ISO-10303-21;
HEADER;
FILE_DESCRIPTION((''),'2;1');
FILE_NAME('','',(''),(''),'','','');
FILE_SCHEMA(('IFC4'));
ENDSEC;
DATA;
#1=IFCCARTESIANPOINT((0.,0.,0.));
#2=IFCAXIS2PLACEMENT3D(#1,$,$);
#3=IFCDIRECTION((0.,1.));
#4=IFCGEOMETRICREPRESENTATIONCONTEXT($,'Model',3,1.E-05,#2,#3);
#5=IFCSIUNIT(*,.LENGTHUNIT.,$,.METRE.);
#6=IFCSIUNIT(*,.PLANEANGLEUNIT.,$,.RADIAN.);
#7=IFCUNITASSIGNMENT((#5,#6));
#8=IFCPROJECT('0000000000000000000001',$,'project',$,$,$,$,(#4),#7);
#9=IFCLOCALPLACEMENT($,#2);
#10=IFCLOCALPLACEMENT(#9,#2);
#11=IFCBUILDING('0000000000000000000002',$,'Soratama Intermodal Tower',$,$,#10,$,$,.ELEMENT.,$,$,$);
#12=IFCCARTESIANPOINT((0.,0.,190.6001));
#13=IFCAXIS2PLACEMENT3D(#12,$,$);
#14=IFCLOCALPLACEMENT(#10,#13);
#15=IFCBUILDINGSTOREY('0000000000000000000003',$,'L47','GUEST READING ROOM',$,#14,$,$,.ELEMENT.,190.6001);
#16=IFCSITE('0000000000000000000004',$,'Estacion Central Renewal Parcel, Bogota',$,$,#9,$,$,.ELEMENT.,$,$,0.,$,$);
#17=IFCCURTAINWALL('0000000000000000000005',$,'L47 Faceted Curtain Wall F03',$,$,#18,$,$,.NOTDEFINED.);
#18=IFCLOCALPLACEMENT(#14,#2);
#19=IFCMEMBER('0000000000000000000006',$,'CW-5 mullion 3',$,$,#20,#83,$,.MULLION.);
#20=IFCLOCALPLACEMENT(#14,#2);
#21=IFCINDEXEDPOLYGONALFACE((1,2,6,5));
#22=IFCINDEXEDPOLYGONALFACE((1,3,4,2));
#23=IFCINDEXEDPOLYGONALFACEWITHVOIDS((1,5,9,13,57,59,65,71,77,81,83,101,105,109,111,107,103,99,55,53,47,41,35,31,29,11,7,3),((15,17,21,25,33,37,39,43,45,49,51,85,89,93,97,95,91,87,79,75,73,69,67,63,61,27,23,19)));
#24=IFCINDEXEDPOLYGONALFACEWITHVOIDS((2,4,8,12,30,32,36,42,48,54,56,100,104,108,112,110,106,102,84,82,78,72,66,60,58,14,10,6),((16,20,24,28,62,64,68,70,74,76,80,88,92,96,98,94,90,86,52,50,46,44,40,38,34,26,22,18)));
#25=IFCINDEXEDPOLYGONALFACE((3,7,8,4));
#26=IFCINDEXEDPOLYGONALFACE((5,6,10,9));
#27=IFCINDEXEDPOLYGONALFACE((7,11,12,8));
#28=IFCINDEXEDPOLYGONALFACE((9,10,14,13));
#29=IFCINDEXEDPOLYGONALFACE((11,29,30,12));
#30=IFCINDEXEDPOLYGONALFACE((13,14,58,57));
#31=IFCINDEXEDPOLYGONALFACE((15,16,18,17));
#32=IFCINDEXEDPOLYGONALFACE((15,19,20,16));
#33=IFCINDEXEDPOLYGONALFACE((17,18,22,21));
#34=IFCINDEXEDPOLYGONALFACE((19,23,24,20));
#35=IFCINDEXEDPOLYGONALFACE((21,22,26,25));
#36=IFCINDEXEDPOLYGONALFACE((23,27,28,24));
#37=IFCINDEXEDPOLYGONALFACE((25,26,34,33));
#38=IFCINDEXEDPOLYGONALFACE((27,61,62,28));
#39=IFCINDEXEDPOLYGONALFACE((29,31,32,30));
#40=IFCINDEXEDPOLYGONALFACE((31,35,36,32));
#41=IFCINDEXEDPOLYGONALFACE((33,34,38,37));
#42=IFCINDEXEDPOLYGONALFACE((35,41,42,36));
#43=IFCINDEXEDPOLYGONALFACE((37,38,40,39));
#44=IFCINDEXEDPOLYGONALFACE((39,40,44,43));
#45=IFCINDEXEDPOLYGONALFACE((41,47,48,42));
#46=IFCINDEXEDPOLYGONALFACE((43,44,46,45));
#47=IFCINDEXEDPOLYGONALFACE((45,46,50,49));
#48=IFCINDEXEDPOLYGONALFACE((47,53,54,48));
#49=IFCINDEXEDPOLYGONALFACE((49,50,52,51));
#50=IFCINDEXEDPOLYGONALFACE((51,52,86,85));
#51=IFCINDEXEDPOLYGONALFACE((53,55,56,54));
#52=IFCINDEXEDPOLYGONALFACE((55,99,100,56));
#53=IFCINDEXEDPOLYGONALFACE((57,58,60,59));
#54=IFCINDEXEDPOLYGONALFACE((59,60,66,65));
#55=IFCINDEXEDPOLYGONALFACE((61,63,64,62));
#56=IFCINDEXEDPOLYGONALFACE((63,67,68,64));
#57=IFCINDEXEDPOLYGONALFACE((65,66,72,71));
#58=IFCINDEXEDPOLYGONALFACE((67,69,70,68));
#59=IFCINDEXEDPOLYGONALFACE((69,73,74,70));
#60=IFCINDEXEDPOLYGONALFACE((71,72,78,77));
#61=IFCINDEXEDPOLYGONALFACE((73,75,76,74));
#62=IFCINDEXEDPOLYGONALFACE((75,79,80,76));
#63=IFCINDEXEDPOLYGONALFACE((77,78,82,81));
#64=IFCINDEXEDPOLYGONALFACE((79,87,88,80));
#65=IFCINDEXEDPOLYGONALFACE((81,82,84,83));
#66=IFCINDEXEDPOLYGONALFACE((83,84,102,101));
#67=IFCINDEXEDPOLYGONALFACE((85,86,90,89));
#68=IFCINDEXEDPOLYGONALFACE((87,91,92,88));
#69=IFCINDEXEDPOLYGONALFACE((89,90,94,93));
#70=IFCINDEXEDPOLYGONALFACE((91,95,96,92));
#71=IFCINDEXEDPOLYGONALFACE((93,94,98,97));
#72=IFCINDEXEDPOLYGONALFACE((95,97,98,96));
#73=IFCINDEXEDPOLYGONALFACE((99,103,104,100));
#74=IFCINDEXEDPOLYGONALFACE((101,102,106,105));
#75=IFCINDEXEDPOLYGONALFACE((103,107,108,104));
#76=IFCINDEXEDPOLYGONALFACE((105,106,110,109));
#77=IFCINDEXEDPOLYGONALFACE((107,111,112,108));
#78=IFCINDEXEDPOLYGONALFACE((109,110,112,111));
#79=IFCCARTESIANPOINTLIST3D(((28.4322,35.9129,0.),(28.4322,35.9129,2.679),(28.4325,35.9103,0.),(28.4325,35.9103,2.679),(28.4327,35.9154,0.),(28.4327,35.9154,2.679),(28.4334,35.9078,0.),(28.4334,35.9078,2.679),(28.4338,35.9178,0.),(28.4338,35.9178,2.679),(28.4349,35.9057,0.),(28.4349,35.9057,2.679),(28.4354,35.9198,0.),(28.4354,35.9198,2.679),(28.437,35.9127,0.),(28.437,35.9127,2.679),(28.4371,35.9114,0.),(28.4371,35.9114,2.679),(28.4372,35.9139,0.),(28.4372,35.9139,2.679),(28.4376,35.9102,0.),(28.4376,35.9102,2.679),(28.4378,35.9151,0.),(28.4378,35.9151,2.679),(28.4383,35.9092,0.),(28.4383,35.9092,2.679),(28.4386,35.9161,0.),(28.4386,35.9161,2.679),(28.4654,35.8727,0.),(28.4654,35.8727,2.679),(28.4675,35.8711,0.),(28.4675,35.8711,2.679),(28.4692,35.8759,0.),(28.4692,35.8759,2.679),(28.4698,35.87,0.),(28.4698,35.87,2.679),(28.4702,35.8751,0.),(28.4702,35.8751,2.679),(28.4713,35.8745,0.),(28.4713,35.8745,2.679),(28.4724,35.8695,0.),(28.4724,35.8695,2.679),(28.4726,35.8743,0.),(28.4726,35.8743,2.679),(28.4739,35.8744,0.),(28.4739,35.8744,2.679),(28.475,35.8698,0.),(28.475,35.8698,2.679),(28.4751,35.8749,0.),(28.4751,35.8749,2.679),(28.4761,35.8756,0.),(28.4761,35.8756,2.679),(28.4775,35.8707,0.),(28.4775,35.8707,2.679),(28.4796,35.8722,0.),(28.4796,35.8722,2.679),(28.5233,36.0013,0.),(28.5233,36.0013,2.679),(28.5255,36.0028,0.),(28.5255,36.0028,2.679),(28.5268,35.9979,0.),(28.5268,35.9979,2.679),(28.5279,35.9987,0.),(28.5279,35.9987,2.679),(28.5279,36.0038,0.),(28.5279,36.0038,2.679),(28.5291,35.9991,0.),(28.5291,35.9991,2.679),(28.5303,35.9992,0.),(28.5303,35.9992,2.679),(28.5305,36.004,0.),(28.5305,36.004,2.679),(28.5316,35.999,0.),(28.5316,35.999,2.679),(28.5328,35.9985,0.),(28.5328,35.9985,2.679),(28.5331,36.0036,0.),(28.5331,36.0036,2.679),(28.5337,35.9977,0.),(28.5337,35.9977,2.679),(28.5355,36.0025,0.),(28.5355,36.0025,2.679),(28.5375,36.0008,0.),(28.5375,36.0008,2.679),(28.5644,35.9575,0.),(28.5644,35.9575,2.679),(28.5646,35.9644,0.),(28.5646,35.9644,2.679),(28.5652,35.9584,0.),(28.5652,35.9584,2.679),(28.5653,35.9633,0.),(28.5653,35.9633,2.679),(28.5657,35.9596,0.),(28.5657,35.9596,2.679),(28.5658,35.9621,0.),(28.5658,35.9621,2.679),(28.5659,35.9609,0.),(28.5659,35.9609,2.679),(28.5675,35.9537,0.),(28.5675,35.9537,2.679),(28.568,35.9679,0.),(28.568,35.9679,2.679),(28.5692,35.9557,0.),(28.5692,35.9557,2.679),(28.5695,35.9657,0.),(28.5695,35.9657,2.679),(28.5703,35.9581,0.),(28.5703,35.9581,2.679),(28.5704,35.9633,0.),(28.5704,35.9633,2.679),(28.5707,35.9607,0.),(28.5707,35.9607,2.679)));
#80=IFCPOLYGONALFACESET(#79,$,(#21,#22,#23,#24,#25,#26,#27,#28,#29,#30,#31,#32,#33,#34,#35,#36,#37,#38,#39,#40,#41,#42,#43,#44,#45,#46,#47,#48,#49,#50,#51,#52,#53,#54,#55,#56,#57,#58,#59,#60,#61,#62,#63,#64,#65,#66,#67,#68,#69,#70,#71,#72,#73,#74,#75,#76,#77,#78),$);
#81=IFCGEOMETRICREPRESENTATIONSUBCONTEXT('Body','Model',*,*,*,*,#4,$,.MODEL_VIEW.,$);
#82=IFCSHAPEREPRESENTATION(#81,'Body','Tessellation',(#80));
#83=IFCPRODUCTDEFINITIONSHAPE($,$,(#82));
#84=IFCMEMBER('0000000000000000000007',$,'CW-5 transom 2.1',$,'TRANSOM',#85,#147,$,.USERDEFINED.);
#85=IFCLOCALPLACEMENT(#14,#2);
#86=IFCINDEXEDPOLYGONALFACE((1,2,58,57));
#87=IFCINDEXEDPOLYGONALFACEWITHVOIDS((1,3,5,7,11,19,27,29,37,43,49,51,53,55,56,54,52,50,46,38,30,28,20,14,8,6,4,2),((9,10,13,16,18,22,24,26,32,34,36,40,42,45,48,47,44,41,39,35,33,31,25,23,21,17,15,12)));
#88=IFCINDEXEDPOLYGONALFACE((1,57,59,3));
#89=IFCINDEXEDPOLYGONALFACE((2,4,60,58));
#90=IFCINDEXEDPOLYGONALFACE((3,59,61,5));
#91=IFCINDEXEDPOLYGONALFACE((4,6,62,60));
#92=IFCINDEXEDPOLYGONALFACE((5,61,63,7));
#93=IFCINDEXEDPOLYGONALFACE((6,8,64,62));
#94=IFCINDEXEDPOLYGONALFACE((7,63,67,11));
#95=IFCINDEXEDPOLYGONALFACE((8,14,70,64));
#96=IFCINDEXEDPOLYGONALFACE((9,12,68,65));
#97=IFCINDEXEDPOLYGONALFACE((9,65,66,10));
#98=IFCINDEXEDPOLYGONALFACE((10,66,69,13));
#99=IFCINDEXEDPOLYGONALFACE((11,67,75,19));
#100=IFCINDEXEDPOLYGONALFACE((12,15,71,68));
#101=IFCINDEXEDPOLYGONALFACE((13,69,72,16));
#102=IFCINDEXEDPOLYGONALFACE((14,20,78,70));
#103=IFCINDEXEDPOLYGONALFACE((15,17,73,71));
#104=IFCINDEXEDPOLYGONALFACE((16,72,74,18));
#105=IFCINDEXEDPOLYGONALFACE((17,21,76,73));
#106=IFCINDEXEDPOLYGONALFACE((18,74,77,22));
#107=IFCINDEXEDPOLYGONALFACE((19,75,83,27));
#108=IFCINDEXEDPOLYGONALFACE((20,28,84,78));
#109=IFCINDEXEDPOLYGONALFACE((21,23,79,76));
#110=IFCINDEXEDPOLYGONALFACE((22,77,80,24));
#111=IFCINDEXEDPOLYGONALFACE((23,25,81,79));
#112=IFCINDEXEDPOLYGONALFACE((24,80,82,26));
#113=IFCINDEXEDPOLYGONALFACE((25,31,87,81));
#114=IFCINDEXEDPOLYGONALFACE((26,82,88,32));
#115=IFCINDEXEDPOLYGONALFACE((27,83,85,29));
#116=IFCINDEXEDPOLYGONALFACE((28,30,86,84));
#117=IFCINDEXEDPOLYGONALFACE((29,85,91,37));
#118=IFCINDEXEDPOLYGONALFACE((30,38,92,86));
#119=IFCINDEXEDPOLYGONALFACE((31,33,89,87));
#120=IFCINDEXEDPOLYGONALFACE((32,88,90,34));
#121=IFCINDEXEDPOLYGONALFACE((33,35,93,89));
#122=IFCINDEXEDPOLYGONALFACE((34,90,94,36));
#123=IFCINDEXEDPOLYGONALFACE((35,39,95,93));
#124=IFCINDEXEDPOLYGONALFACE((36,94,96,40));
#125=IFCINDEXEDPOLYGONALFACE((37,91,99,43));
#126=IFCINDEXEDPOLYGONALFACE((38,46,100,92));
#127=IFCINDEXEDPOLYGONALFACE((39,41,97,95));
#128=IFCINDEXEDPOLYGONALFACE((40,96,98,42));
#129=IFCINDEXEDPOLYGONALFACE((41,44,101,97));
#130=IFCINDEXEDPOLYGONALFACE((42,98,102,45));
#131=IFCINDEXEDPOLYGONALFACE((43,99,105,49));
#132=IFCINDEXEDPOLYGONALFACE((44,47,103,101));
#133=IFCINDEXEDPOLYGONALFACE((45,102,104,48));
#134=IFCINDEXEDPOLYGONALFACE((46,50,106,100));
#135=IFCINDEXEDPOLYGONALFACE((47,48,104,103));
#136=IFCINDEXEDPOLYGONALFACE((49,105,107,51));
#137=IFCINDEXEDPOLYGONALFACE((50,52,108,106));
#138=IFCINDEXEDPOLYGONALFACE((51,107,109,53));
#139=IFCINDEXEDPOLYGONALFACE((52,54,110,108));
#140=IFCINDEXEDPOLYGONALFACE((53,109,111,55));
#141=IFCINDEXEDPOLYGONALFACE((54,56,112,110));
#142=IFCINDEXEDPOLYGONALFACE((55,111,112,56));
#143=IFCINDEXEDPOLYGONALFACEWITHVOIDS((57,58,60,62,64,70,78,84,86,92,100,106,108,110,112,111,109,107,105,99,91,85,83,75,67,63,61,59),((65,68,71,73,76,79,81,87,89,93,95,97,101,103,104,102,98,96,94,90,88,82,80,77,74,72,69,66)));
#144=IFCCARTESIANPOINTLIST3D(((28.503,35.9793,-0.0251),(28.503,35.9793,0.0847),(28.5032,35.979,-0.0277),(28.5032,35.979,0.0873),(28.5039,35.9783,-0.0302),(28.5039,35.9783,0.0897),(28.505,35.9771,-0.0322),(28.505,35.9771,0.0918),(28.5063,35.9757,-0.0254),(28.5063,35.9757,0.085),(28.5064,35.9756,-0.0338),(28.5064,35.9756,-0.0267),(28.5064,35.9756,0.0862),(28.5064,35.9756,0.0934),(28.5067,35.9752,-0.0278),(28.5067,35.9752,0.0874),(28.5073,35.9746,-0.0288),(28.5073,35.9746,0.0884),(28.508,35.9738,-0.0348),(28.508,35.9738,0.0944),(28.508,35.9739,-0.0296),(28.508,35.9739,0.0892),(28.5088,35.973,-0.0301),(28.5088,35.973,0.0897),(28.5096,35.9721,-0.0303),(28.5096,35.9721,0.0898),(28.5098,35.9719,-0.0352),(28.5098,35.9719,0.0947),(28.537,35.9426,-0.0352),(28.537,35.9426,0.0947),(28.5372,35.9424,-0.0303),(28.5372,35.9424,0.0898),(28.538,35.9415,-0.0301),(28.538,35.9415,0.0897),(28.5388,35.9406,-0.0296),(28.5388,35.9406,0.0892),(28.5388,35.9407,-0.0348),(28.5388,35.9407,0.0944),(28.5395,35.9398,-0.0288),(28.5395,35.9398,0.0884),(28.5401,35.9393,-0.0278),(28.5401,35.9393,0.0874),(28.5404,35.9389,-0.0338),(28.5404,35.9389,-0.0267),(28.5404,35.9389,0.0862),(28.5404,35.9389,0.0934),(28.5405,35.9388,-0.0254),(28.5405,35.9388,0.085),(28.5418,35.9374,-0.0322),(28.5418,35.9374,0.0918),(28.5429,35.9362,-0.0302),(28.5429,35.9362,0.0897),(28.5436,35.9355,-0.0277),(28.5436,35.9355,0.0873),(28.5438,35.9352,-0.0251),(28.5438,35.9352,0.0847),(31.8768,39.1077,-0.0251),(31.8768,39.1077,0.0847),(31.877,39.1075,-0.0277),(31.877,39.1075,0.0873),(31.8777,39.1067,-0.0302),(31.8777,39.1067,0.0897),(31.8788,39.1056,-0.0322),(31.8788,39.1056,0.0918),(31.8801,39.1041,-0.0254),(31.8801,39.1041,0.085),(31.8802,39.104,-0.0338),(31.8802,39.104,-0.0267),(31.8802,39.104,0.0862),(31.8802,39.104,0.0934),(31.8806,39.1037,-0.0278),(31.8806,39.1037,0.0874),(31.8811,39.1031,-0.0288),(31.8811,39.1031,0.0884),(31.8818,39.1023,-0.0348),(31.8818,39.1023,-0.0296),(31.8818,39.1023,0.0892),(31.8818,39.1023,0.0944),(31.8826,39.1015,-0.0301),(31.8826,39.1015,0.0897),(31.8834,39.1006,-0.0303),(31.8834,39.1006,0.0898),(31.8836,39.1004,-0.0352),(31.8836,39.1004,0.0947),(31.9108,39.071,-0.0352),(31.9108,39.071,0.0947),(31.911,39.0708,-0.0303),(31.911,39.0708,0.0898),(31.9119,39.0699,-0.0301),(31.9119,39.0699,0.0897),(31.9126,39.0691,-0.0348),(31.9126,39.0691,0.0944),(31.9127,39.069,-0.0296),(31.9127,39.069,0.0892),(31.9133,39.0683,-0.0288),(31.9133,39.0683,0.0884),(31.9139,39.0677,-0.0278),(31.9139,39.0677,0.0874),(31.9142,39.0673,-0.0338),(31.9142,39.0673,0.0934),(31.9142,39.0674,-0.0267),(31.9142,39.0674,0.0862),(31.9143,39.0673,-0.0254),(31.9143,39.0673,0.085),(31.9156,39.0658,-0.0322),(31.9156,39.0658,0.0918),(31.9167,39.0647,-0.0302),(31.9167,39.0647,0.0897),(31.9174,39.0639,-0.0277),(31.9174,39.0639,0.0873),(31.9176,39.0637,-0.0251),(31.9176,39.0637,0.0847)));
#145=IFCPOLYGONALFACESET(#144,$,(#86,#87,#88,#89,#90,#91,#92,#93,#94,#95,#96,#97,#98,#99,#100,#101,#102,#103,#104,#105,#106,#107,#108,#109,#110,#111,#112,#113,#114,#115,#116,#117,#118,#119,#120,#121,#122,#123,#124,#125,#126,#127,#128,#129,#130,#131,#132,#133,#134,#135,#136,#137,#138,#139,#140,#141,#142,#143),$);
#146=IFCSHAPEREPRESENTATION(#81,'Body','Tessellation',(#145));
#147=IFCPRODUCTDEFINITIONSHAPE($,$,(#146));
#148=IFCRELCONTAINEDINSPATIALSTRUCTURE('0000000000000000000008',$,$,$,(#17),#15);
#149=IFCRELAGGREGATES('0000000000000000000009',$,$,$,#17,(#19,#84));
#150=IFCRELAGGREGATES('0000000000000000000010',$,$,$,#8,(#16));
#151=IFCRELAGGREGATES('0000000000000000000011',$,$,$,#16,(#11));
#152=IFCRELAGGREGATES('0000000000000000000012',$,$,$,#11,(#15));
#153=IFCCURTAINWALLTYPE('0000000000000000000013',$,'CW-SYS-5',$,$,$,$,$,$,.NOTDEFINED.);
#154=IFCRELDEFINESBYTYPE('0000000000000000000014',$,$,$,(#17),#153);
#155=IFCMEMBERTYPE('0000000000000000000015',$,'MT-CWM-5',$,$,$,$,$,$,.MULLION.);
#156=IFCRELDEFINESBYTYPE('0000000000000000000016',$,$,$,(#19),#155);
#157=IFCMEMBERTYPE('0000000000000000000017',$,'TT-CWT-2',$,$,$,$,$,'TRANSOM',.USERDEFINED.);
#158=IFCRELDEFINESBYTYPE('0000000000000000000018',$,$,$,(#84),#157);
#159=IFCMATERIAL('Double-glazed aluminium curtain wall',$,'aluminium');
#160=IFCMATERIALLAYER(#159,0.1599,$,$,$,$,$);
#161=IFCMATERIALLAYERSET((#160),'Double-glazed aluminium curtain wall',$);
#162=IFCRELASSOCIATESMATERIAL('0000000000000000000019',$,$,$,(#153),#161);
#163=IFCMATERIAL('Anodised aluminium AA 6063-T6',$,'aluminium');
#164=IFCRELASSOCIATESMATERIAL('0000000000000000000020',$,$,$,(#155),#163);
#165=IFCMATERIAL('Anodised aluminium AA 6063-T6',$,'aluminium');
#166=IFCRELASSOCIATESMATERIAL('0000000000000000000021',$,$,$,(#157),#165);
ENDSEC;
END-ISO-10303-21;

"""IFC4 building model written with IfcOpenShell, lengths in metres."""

from ifc_helpers import new_model, si_unit, direction, frame, origin, origin_2d, place, context, subcontext, project, spatial, hollow_rectangle, extrude, material, layer, layer_set, material_profile, profile_set, type_object, element, aggregate, save


model = new_model("IFC4")

# Units and contexts
model_context = context("Model", 3, precision=1e-05, world=origin(), true_north=direction((0.0, 1.0)))
body_context = subcontext(model_context, "Body", "Model", "MODEL_VIEW")
ifc_project = project(units=[si_unit("LENGTHUNIT", "METRE"), si_unit("PLANEANGLEUNIT", "RADIAN")], contexts=[model_context])

# Site, building, storey
site_placement = place(None, origin())
site = spatial("IfcSite", under=ifc_project, at=site_placement, Name="Estacion Central Renewal Parcel, Bogota", CompositionType="ELEMENT", RefElevation=0.0)
building_placement = place(site_placement, origin())
building = spatial("IfcBuilding", under=site, at=building_placement, Name="Soratama Intermodal Tower", CompositionType="ELEMENT")
storey_placement = place(building_placement, frame((0.0, 0.0, 190.6001)))
storey = spatial("IfcBuildingStorey", under=building, at=storey_placement, Name="L47", Description="GUEST READING ROOM", CompositionType="ELEMENT", Elevation=190.6001)

# Curtain wall, members
ifc_material_1 = material(Name="Double-glazed aluminium curtain wall", Category="aluminium")
ifc_layer_1 = layer(ifc_material_1, 0.1599)
ifc_layer_set_1 = layer_set([ifc_layer_1], Name="Double-glazed aluminium curtain wall")
curtain_wall_type = type_object("IfcCurtainWallType", Name="CW-SYS-5", PredefinedType="NOTDEFINED", material=ifc_layer_set_1)
curtain_wall_placement = place(storey_placement, origin())
curtain_wall = element("IfcCurtainWall", 1, at=curtain_wall_placement, inside=storey, type_object=curtain_wall_type, Name="L47 Faceted Curtain Wall F03", PredefinedType="NOTDEFINED")
ifc_material_2 = material(Name="Anodised aluminium AA 6063-T6", Category="aluminium")
ifc_material_profile_1 = material_profile(ifc_material_2, hollow_rectangle(XDim=0.0649, YDim=0.1399, WallThickness=0.0049, InnerFilletRadius=0.0049, OuterFilletRadius=0.01, at=origin_2d()), Name="CWM140X65X5")
ifc_profile_set_1 = profile_set([ifc_material_profile_1], Name="Anodised aluminium AA 6063-T6")
member_type_1 = type_object("IfcMemberType", Name="MT-CWM-5", PredefinedType="MULLION", material=ifc_profile_set_1)
member_1_placement = place(storey_placement, frame((28.5015, 35.9368, 0.0), z_axis=(0.0, 0.0, 1.0), x_axis=(0.679958, -0.733251, 0.0)))
member_1 = element("IfcMember", 2, at=member_1_placement, type_object=member_type_1, Name="CW-5 mullion 3", PredefinedType="MULLION", context=body_context, shape_type="SweptSolid", body=[
    extrude(hollow_rectangle(XDim=0.0649, YDim=0.1399, WallThickness=0.0049, InnerFilletRadius=0.0049, OuterFilletRadius=0.01, at=origin_2d()), origin(), (0.0, 0.0, 1.0), 2.679),
])
ifc_material_3 = material(Name="Anodised aluminium AA 6063-T6", Category="aluminium")
ifc_material_profile_2 = material_profile(ifc_material_3, hollow_rectangle(XDim=0.0601, YDim=0.1299, WallThickness=0.0049, InnerFilletRadius=0.0049, OuterFilletRadius=0.01, at=origin_2d()), Name="CWT130X60X5")
ifc_profile_set_2 = profile_set([ifc_material_profile_2], Name="Anodised aluminium AA 6063-T6")
member_type_2 = type_object("IfcMemberType", Name="TT-CWT-2", ElementType="TRANSOM", PredefinedType="USERDEFINED", material=ifc_profile_set_2)
member_2_placement = place(storey_placement, frame((31.8972, 39.0857, 0.0298), z_axis=(-0.733268, -0.67994, 0.0), x_axis=(0.67994, -0.733268, 0.0)))
member_2 = element("IfcMember", 3, at=member_2_placement, type_object=member_type_2, Name="CW-5 transom 2.1", ObjectType="TRANSOM", PredefinedType="USERDEFINED", context=body_context, shape_type="SweptSolid", body=[
    extrude(hollow_rectangle(XDim=0.0601, YDim=0.1299, WallThickness=0.0049, InnerFilletRadius=0.0049, OuterFilletRadius=0.01, at=origin_2d()), origin(), (0.0, 0.0, 1.0), 4.6011),
])
aggregate(curtain_wall, [member_1, member_2])

save(model, "model.ifc")
